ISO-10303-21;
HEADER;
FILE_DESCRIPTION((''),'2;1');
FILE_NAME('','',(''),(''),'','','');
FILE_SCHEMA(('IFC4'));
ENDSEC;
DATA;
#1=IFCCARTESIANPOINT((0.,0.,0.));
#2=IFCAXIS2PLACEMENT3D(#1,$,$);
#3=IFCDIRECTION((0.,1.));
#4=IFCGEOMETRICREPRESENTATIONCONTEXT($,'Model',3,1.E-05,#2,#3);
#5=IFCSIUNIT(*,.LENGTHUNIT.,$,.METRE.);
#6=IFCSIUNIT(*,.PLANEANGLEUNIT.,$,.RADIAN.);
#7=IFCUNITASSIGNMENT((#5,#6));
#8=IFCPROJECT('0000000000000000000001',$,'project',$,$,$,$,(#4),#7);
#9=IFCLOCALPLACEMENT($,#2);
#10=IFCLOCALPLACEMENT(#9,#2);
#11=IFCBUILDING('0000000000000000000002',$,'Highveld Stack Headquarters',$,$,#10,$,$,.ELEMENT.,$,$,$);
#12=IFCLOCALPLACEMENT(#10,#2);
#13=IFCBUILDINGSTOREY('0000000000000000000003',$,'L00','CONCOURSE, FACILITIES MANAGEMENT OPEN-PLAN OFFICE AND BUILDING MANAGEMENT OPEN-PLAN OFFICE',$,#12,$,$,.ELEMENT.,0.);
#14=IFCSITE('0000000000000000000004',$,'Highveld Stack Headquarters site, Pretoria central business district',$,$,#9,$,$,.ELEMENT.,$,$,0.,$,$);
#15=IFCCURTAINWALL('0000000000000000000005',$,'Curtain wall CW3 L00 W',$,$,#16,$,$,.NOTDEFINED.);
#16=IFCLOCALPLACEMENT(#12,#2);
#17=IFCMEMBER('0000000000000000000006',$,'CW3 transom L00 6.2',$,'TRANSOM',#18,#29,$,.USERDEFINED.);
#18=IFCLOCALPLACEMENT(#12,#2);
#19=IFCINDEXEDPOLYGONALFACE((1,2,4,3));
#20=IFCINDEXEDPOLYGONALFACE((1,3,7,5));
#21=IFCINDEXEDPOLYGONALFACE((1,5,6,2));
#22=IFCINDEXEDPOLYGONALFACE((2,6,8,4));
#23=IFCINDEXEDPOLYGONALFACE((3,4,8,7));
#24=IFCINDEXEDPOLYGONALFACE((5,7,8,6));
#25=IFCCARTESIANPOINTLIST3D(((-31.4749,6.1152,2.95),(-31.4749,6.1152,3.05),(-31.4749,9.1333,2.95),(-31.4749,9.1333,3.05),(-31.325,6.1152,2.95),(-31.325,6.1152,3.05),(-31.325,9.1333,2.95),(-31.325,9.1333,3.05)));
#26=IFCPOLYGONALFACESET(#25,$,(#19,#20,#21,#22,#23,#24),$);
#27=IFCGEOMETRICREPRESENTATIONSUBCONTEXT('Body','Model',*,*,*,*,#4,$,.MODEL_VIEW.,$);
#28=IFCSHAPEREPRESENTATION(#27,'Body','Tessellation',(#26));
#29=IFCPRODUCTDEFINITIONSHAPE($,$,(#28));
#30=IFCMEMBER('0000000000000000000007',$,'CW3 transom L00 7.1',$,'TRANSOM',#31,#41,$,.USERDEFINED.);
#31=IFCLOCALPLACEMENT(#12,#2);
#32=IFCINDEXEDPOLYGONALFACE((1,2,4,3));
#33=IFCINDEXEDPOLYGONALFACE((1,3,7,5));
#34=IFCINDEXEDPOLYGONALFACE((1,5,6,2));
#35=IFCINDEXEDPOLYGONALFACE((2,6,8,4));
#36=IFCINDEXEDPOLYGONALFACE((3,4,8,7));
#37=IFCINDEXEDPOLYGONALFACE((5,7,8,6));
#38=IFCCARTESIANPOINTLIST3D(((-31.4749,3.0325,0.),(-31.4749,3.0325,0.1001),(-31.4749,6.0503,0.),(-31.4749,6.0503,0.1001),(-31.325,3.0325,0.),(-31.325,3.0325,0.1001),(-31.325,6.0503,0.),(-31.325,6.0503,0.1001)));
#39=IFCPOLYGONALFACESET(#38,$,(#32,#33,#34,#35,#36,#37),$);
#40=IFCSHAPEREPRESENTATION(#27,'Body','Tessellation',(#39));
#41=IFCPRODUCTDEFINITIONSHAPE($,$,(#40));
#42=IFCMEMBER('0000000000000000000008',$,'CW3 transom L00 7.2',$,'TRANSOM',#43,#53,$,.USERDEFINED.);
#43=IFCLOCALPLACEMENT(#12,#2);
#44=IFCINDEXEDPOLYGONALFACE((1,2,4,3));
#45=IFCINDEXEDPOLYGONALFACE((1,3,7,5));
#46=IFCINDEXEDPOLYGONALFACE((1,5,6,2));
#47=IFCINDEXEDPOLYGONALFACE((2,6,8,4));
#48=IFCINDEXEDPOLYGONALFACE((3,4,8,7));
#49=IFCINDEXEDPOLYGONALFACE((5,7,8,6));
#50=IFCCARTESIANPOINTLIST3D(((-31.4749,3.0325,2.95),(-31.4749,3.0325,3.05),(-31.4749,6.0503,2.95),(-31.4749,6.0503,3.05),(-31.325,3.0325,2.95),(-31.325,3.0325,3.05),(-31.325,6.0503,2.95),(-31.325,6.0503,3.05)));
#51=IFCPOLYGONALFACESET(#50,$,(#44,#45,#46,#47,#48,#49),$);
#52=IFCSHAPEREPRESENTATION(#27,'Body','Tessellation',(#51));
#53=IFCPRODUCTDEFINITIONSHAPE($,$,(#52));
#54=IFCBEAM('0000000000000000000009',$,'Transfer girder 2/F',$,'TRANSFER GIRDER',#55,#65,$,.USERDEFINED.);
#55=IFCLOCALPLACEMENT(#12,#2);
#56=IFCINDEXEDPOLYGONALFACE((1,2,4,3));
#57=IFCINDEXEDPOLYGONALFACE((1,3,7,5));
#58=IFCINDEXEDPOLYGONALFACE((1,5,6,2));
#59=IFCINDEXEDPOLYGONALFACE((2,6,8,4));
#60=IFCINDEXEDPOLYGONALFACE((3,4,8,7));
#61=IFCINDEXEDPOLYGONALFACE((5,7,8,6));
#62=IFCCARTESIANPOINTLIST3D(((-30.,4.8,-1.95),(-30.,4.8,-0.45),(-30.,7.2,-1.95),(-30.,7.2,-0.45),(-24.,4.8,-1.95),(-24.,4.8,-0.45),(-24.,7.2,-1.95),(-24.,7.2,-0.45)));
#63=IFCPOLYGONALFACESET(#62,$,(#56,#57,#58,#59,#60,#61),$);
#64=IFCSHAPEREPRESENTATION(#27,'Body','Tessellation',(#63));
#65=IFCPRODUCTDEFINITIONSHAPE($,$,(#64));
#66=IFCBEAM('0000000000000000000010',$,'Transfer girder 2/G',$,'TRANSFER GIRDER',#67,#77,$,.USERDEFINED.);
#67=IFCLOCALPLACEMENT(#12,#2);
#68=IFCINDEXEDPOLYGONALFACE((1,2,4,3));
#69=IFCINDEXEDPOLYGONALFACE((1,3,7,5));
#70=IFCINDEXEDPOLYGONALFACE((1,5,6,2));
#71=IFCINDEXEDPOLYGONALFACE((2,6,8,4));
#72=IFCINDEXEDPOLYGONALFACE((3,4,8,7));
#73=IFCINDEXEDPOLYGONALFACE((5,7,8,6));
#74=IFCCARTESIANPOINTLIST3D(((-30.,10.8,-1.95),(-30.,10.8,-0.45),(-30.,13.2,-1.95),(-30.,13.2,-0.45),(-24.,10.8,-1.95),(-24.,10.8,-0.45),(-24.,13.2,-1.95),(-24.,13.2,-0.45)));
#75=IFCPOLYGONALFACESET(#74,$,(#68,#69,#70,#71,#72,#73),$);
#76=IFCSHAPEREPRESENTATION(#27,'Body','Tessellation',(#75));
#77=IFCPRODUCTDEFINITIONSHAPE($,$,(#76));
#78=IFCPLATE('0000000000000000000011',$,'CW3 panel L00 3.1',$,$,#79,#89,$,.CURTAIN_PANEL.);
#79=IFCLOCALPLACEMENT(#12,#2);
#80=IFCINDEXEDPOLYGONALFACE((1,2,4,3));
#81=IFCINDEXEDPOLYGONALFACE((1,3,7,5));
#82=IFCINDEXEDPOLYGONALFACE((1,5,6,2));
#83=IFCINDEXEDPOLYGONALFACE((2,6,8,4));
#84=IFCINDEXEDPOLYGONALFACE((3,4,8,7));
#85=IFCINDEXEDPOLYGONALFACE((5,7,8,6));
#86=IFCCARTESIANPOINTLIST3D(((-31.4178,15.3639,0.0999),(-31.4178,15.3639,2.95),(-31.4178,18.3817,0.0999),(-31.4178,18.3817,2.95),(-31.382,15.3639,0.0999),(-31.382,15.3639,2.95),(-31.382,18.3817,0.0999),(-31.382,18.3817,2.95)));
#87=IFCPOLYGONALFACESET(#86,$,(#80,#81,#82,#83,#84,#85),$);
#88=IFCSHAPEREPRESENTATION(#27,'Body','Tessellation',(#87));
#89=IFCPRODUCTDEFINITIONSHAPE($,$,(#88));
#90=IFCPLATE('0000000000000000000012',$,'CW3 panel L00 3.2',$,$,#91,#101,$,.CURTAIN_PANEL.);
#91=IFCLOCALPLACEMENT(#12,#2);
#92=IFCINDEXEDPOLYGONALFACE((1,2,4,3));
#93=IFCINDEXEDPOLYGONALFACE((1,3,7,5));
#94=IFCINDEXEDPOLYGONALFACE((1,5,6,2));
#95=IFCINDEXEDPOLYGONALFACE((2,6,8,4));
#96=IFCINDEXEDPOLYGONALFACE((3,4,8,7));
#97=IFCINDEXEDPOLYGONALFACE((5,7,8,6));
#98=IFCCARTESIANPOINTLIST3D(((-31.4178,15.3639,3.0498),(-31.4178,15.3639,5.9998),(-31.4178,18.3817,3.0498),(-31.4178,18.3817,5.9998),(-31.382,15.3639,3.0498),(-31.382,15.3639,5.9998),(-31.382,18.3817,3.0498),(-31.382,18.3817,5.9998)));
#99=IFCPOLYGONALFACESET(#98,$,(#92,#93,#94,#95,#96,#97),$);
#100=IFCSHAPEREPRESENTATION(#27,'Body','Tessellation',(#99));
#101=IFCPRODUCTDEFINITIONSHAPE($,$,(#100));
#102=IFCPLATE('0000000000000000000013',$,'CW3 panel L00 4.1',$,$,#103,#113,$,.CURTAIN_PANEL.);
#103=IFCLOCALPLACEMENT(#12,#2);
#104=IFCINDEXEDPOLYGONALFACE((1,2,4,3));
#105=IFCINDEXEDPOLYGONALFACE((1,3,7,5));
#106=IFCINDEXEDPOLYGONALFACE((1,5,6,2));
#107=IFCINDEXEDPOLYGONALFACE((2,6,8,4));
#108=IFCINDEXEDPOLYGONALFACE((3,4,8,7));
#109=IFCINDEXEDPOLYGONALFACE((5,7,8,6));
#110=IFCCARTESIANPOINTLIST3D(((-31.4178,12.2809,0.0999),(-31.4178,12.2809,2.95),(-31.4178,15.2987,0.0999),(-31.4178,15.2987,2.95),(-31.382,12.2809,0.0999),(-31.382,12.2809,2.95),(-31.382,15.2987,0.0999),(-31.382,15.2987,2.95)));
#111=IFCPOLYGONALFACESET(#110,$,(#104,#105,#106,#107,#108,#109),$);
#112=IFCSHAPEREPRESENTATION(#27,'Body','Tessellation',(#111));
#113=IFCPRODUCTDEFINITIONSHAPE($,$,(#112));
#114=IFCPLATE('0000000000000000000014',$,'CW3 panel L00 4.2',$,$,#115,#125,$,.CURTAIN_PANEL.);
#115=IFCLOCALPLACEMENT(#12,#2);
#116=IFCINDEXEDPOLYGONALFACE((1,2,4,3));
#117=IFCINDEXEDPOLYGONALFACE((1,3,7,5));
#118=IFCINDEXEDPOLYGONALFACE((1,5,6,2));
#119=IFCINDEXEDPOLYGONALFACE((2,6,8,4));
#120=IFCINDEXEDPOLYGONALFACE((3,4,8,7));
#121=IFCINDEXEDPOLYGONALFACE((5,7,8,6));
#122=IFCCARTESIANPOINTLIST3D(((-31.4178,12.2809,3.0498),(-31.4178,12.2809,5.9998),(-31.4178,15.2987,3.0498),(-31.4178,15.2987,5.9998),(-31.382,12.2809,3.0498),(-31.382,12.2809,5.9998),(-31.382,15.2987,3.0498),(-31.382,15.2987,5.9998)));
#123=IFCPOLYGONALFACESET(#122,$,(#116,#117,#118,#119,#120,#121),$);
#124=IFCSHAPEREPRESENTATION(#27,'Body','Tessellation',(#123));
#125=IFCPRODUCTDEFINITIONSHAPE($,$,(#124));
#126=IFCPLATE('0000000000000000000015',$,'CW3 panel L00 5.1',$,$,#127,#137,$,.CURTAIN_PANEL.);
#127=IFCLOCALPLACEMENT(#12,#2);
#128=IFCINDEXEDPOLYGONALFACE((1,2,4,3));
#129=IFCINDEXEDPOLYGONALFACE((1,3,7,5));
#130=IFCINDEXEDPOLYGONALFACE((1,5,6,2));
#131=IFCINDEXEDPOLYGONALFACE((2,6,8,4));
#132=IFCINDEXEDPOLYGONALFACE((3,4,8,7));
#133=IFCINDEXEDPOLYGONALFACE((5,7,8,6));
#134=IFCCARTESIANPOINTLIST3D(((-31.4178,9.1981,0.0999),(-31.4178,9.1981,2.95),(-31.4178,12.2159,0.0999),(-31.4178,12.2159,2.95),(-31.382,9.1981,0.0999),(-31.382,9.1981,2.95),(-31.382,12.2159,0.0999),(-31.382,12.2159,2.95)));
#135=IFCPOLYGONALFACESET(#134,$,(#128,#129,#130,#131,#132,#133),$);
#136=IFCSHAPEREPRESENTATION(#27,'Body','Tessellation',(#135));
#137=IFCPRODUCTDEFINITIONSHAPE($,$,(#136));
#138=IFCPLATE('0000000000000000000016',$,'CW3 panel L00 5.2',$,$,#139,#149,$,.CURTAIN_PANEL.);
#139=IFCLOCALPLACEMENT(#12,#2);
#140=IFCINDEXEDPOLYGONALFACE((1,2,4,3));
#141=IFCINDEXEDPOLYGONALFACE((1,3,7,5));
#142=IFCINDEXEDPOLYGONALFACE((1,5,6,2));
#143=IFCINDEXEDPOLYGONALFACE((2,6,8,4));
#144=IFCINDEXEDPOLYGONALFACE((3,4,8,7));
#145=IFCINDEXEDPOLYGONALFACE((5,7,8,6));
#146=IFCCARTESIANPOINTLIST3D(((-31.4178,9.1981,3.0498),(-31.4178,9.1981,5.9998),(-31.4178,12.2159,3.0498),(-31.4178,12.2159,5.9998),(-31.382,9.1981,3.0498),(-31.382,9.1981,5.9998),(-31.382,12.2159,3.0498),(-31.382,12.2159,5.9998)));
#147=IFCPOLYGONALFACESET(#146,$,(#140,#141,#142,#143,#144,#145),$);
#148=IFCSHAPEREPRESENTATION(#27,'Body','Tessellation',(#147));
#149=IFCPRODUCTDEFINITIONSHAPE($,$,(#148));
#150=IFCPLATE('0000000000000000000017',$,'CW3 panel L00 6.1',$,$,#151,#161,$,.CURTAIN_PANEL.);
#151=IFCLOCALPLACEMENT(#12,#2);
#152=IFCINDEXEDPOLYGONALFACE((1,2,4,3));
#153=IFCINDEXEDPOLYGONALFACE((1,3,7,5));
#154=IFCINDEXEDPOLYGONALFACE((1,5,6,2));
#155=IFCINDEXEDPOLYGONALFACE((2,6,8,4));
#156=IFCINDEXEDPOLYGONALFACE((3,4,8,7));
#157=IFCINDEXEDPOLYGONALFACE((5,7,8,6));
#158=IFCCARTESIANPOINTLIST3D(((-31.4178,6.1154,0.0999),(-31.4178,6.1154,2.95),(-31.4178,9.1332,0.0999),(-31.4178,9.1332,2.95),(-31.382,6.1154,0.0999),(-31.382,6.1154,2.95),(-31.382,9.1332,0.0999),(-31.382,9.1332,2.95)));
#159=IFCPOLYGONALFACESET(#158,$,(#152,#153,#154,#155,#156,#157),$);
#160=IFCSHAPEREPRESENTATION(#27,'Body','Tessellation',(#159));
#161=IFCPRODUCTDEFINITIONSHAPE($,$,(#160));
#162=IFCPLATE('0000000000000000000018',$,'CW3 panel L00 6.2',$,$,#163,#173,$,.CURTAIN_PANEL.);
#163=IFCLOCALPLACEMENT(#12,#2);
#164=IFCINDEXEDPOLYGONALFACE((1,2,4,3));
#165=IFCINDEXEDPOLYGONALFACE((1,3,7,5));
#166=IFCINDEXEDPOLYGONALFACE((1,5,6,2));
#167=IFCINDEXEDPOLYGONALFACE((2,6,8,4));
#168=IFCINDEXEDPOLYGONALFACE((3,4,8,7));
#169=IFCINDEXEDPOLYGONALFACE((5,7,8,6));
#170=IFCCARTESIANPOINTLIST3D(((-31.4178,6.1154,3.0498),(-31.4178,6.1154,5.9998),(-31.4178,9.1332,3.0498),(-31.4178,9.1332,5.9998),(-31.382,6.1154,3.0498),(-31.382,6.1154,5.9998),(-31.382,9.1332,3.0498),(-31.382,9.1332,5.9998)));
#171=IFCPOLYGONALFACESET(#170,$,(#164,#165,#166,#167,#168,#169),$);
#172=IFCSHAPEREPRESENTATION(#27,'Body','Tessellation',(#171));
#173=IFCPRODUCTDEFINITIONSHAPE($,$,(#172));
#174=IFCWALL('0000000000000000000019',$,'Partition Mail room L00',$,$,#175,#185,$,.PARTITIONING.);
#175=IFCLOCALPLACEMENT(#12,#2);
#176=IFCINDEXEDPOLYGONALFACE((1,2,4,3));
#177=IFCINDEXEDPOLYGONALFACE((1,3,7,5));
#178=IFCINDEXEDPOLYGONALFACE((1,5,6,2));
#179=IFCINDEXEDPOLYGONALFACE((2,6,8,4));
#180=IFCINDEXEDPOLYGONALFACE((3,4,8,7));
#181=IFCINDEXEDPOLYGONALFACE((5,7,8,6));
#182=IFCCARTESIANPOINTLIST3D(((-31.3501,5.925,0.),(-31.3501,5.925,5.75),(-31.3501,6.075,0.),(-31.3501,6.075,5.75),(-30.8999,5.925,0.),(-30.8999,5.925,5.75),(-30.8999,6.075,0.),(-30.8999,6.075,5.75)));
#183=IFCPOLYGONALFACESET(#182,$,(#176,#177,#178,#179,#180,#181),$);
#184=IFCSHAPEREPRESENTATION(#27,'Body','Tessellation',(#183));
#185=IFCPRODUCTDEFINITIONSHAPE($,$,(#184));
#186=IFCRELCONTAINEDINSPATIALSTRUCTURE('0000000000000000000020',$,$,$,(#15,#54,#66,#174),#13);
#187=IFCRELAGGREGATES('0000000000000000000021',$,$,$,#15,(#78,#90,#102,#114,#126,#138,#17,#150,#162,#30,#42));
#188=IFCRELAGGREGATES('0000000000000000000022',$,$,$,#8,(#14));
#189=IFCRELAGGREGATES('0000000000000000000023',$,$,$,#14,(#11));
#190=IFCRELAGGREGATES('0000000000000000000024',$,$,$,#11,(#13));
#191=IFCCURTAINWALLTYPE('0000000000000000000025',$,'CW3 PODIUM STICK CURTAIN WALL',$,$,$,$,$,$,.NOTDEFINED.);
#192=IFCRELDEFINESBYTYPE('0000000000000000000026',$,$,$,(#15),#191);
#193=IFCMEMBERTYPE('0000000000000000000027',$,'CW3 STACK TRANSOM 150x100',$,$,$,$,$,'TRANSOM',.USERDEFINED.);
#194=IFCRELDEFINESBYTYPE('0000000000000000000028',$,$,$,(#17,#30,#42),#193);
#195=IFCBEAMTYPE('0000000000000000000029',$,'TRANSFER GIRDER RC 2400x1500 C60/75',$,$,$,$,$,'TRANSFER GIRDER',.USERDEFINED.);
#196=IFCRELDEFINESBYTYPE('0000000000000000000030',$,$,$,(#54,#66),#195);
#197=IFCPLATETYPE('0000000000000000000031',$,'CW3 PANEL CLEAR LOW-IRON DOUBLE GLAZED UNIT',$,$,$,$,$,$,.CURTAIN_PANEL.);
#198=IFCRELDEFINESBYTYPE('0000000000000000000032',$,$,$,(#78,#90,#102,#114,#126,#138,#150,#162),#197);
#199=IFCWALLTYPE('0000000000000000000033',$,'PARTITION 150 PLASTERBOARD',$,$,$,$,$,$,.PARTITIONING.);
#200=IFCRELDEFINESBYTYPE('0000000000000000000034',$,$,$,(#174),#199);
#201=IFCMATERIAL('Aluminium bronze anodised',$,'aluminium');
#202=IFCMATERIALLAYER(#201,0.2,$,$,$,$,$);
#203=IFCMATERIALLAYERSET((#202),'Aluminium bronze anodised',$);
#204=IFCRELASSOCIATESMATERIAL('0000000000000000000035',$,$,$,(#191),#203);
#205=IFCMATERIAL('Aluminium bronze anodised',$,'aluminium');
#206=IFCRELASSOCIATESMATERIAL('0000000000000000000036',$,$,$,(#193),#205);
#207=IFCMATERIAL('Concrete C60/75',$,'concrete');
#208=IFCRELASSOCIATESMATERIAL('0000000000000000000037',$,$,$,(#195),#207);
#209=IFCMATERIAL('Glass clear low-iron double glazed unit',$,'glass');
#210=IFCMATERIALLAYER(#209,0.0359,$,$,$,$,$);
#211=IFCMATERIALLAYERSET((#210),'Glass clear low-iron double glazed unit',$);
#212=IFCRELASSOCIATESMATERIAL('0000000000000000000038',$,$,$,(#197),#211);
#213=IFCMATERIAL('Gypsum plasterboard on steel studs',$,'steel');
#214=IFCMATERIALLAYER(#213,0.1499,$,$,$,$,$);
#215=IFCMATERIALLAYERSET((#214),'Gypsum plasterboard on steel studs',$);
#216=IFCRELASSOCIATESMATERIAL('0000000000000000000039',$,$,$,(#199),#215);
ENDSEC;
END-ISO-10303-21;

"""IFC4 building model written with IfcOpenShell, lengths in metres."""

from ifc_helpers import new_model, si_unit, direction, frame, frame_2d, origin, origin_2d, place, context, subcontext, project, spatial, rectangle, extrude, material, layer, layer_set, material_profile, profile_set, type_object, element, aggregate, save


model = new_model("IFC4")

# Units and contexts
model_context = context("Model", 3, precision=1e-05, world=origin(), true_north=direction((0.0, 1.0)))
body_context = subcontext(model_context, "Body", "Model", "MODEL_VIEW")
ifc_project = project(units=[si_unit("LENGTHUNIT", "METRE"), si_unit("PLANEANGLEUNIT", "RADIAN")], contexts=[model_context])

# Site, building, storey
site_placement = place(None, origin())
site = spatial("IfcSite", under=ifc_project, at=site_placement, Name="Highveld Stack Headquarters site, Pretoria central business district", CompositionType="ELEMENT", RefElevation=0.0)
building_placement = place(site_placement, origin())
building = spatial("IfcBuilding", under=site, at=building_placement, Name="Highveld Stack Headquarters", CompositionType="ELEMENT")
storey_placement = place(building_placement, origin())
storey = spatial("IfcBuildingStorey", under=building, at=storey_placement, Name="L00", Description="CONCOURSE, FACILITIES MANAGEMENT OPEN-PLAN OFFICE AND BUILDING MANAGEMENT OPEN-PLAN OFFICE", CompositionType="ELEMENT", Elevation=0.0)

# Curtain wall, members
ifc_material_1 = material(Name="Aluminium bronze anodised", Category="aluminium")
ifc_layer_1 = layer(ifc_material_1, 0.2)
ifc_layer_set_1 = layer_set([ifc_layer_1], Name="Aluminium bronze anodised")
curtain_wall_type = type_object("IfcCurtainWallType", Name="CW3 PODIUM STICK CURTAIN WALL", PredefinedType="NOTDEFINED", material=ifc_layer_set_1)
curtain_wall_placement = place(storey_placement, origin())
curtain_wall = element("IfcCurtainWall", 1, at=curtain_wall_placement, inside=storey, type_object=curtain_wall_type, Name="Curtain wall CW3 L00 W", PredefinedType="NOTDEFINED")
ifc_material_2 = material(Name="Aluminium bronze anodised", Category="aluminium")
ifc_material_profile_1 = material_profile(ifc_material_2, rectangle(XDim=0.1499, YDim=0.1001, at=origin_2d()), Name="CW3 TRANSOM 150x100")
ifc_profile_set_1 = profile_set([ifc_material_profile_1], Name="Aluminium bronze anodised")
member_type_1 = type_object("IfcMemberType", Name="CW3 STACK TRANSOM 150x100", ElementType="TRANSOM", PredefinedType="USERDEFINED", material=ifc_profile_set_1)
member_1_placement = place(storey_placement, frame((-31.3999, 9.1333, 3.0), z_axis=(0.0, -1.0, 0.0), x_axis=(1.0, 0.0, 0.0)))
member_1 = element("IfcMember", 2, at=member_1_placement, type_object=member_type_1, Name="CW3 transom L00 6.2", ObjectType="TRANSOM", PredefinedType="USERDEFINED", context=body_context, shape_type="SweptSolid", body=[
    extrude(rectangle(XDim=0.1499, YDim=0.1001, at=origin_2d()), origin(), (0.0, 0.0, 1.0), 3.0181),
])
member_2_placement = place(storey_placement, frame((-31.3999, 6.0503, 0.05), z_axis=(0.0, -1.0, 0.0), x_axis=(1.0, 0.0, 0.0)))
member_2 = element("IfcMember", 3, at=member_2_placement, type_object=member_type_1, Name="CW3 transom L00 7.1", ObjectType="TRANSOM", PredefinedType="USERDEFINED", context=body_context, shape_type="SweptSolid", body=[
    extrude(rectangle(XDim=0.1499, YDim=0.1001, at=origin_2d()), origin(), (0.0, 0.0, 1.0), 3.0178),
])
member_3_placement = place(storey_placement, frame((-31.3999, 6.0503, 3.0), z_axis=(0.0, -1.0, 0.0), x_axis=(1.0, 0.0, 0.0)))
member_3 = element("IfcMember", 4, at=member_3_placement, type_object=member_type_1, Name="CW3 transom L00 7.2", ObjectType="TRANSOM", PredefinedType="USERDEFINED", context=body_context, shape_type="SweptSolid", body=[
    extrude(rectangle(XDim=0.1499, YDim=0.1001, at=origin_2d()), origin(), (0.0, 0.0, 1.0), 3.0178),
])

# Beams
ifc_material_3 = material(Name="Concrete C60/75", Category="concrete")
ifc_material_profile_2 = material_profile(ifc_material_3, rectangle(XDim=2.3999, YDim=1.5, at=origin_2d()), Name="RC 2400x1500")
ifc_profile_set_2 = profile_set([ifc_material_profile_2], Name="Concrete C60/75")
beam_type = type_object("IfcBeamType", Name="TRANSFER GIRDER RC 2400x1500 C60/75", ElementType="TRANSFER GIRDER", PredefinedType="USERDEFINED", material=ifc_profile_set_2)
for number, where, z_axis, x_axis, name in (
    (5, (-24.0, 6.0, -1.2), (-1.0, 0.0, 0.0), (0.0, -1.0, 0.0), "Transfer girder 2/F"),
    (6, (-24.0, 12.0, -1.2), (-1.0, 0.0, 0.0), (0.0, -1.0, 0.0), "Transfer girder 2/G"),
):
    element("IfcBeam", number, at=place(storey_placement, frame(where, z_axis=z_axis, x_axis=x_axis)), inside=storey, type_object=beam_type, Name=name, ObjectType="TRANSFER GIRDER", PredefinedType="USERDEFINED", context=body_context, shape_type="SweptSolid", body=[
        extrude(rectangle(XDim=2.3999, YDim=1.5, at=origin_2d()), origin(), (0.0, 0.0, 1.0), 6.0),
    ])

# Plates
ifc_material_4 = material(Name="Glass clear low-iron double glazed unit", Category="glass")
ifc_layer_2 = layer(ifc_material_4, 0.0359)
ifc_layer_set_2 = layer_set([ifc_layer_2], Name="Glass clear low-iron double glazed unit")
plate_type = type_object("IfcPlateType", Name="CW3 PANEL CLEAR LOW-IRON DOUBLE GLAZED UNIT", PredefinedType="CURTAIN_PANEL", material=ifc_layer_set_2)
plate_1_placement = place(storey_placement, frame((-31.3999, 16.8728, 0.0999), z_axis=(0.0, 0.0, 1.0), x_axis=(0.0, -1.0, 0.0)))
plate_1 = element("IfcPlate", 7, at=plate_1_placement, type_object=plate_type, Name="CW3 panel L00 3.1", PredefinedType="CURTAIN_PANEL", context=body_context, shape_type="SweptSolid", body=[
    extrude(rectangle(XDim=3.0178, YDim=0.0359, at=origin_2d()), origin(), (0.0, 0.0, 1.0), 2.8501),
])
plate_2_placement = place(storey_placement, frame((-31.3999, 16.8728, 3.0498), z_axis=(0.0, 0.0, 1.0), x_axis=(0.0, -1.0, 0.0)))
plate_2 = element("IfcPlate", 8, at=plate_2_placement, type_object=plate_type, Name="CW3 panel L00 3.2", PredefinedType="CURTAIN_PANEL", context=body_context, shape_type="SweptSolid", body=[
    extrude(rectangle(XDim=3.0178, YDim=0.0359, at=origin_2d()), origin(), (0.0, 0.0, 1.0), 2.95),
])
plate_3_placement = place(storey_placement, frame((-31.3999, 13.7898, 0.0999), z_axis=(0.0, 0.0, 1.0), x_axis=(0.0, -1.0, 0.0)))
plate_3 = element("IfcPlate", 9, at=plate_3_placement, type_object=plate_type, Name="CW3 panel L00 4.1", PredefinedType="CURTAIN_PANEL", context=body_context, shape_type="SweptSolid", body=[
    extrude(rectangle(XDim=3.0178, YDim=0.0359, at=origin_2d()), origin(), (0.0, 0.0, 1.0), 2.8501),
])
plate_4_placement = place(storey_placement, frame((-31.3999, 13.7898, 3.0498), z_axis=(0.0, 0.0, 1.0), x_axis=(0.0, -1.0, 0.0)))
plate_4 = element("IfcPlate", 10, at=plate_4_placement, type_object=plate_type, Name="CW3 panel L00 4.2", PredefinedType="CURTAIN_PANEL", context=body_context, shape_type="SweptSolid", body=[
    extrude(rectangle(XDim=3.0178, YDim=0.0359, at=origin_2d()), origin(), (0.0, 0.0, 1.0), 2.95),
])
plate_5_placement = place(storey_placement, frame((-31.3999, 10.707, 0.0999), z_axis=(0.0, 0.0, 1.0), x_axis=(0.0, -1.0, 0.0)))
plate_5 = element("IfcPlate", 11, at=plate_5_placement, type_object=plate_type, Name="CW3 panel L00 5.1", PredefinedType="CURTAIN_PANEL", context=body_context, shape_type="SweptSolid", body=[
    extrude(rectangle(XDim=3.0178, YDim=0.0359, at=origin_2d()), origin(), (0.0, 0.0, 1.0), 2.8501),
])
plate_6_placement = place(storey_placement, frame((-31.3999, 10.707, 3.0498), z_axis=(0.0, 0.0, 1.0), x_axis=(0.0, -1.0, 0.0)))
plate_6 = element("IfcPlate", 12, at=plate_6_placement, type_object=plate_type, Name="CW3 panel L00 5.2", PredefinedType="CURTAIN_PANEL", context=body_context, shape_type="SweptSolid", body=[
    extrude(rectangle(XDim=3.0178, YDim=0.0359, at=origin_2d()), origin(), (0.0, 0.0, 1.0), 2.95),
])
plate_7_placement = place(storey_placement, frame((-31.3999, 7.6243, 0.0999), z_axis=(0.0, 0.0, 1.0), x_axis=(0.0, -1.0, 0.0)))
plate_7 = element("IfcPlate", 13, at=plate_7_placement, type_object=plate_type, Name="CW3 panel L00 6.1", PredefinedType="CURTAIN_PANEL", context=body_context, shape_type="SweptSolid", body=[
    extrude(rectangle(XDim=3.0178, YDim=0.0359, at=origin_2d()), origin(), (0.0, 0.0, 1.0), 2.8501),
])
plate_8_placement = place(storey_placement, frame((-31.3999, 7.6243, 3.0498), z_axis=(0.0, 0.0, 1.0), x_axis=(0.0, -1.0, 0.0)))
plate_8 = element("IfcPlate", 14, at=plate_8_placement, type_object=plate_type, Name="CW3 panel L00 6.2", PredefinedType="CURTAIN_PANEL", context=body_context, shape_type="SweptSolid", body=[
    extrude(rectangle(XDim=3.0178, YDim=0.0359, at=origin_2d()), origin(), (0.0, 0.0, 1.0), 2.95),
])
aggregate(curtain_wall, [plate_1, plate_2, plate_3, plate_4, plate_5, plate_6, member_1, plate_7, plate_8, member_2, member_3])

# Wall
ifc_material_5 = material(Name="Gypsum plasterboard on steel studs", Category="steel")
ifc_layer_3 = layer(ifc_material_5, 0.1499)
ifc_layer_set_3 = layer_set([ifc_layer_3], Name="Gypsum plasterboard on steel studs")
wall_type = type_object("IfcWallType", Name="PARTITION 150 PLASTERBOARD", PredefinedType="PARTITIONING", material=ifc_layer_set_3)
wall_1_placement = place(storey_placement, frame((-31.3501, 6.0, 0.0), z_axis=(0.0, 0.0, 1.0), x_axis=(1.0, 0.0, 0.0)))
element("IfcWall", 15, at=wall_1_placement, inside=storey, type_object=wall_type, Name="Partition Mail room L00", PredefinedType="PARTITIONING", context=body_context, shape_type="SweptSolid", body=[
    extrude(rectangle(XDim=0.4502, YDim=0.1499, at=frame_2d((0.2251, 0.0))), origin(), (0.0, 0.0, 1.0), 5.75),
])

save(model, "model.ifc")
